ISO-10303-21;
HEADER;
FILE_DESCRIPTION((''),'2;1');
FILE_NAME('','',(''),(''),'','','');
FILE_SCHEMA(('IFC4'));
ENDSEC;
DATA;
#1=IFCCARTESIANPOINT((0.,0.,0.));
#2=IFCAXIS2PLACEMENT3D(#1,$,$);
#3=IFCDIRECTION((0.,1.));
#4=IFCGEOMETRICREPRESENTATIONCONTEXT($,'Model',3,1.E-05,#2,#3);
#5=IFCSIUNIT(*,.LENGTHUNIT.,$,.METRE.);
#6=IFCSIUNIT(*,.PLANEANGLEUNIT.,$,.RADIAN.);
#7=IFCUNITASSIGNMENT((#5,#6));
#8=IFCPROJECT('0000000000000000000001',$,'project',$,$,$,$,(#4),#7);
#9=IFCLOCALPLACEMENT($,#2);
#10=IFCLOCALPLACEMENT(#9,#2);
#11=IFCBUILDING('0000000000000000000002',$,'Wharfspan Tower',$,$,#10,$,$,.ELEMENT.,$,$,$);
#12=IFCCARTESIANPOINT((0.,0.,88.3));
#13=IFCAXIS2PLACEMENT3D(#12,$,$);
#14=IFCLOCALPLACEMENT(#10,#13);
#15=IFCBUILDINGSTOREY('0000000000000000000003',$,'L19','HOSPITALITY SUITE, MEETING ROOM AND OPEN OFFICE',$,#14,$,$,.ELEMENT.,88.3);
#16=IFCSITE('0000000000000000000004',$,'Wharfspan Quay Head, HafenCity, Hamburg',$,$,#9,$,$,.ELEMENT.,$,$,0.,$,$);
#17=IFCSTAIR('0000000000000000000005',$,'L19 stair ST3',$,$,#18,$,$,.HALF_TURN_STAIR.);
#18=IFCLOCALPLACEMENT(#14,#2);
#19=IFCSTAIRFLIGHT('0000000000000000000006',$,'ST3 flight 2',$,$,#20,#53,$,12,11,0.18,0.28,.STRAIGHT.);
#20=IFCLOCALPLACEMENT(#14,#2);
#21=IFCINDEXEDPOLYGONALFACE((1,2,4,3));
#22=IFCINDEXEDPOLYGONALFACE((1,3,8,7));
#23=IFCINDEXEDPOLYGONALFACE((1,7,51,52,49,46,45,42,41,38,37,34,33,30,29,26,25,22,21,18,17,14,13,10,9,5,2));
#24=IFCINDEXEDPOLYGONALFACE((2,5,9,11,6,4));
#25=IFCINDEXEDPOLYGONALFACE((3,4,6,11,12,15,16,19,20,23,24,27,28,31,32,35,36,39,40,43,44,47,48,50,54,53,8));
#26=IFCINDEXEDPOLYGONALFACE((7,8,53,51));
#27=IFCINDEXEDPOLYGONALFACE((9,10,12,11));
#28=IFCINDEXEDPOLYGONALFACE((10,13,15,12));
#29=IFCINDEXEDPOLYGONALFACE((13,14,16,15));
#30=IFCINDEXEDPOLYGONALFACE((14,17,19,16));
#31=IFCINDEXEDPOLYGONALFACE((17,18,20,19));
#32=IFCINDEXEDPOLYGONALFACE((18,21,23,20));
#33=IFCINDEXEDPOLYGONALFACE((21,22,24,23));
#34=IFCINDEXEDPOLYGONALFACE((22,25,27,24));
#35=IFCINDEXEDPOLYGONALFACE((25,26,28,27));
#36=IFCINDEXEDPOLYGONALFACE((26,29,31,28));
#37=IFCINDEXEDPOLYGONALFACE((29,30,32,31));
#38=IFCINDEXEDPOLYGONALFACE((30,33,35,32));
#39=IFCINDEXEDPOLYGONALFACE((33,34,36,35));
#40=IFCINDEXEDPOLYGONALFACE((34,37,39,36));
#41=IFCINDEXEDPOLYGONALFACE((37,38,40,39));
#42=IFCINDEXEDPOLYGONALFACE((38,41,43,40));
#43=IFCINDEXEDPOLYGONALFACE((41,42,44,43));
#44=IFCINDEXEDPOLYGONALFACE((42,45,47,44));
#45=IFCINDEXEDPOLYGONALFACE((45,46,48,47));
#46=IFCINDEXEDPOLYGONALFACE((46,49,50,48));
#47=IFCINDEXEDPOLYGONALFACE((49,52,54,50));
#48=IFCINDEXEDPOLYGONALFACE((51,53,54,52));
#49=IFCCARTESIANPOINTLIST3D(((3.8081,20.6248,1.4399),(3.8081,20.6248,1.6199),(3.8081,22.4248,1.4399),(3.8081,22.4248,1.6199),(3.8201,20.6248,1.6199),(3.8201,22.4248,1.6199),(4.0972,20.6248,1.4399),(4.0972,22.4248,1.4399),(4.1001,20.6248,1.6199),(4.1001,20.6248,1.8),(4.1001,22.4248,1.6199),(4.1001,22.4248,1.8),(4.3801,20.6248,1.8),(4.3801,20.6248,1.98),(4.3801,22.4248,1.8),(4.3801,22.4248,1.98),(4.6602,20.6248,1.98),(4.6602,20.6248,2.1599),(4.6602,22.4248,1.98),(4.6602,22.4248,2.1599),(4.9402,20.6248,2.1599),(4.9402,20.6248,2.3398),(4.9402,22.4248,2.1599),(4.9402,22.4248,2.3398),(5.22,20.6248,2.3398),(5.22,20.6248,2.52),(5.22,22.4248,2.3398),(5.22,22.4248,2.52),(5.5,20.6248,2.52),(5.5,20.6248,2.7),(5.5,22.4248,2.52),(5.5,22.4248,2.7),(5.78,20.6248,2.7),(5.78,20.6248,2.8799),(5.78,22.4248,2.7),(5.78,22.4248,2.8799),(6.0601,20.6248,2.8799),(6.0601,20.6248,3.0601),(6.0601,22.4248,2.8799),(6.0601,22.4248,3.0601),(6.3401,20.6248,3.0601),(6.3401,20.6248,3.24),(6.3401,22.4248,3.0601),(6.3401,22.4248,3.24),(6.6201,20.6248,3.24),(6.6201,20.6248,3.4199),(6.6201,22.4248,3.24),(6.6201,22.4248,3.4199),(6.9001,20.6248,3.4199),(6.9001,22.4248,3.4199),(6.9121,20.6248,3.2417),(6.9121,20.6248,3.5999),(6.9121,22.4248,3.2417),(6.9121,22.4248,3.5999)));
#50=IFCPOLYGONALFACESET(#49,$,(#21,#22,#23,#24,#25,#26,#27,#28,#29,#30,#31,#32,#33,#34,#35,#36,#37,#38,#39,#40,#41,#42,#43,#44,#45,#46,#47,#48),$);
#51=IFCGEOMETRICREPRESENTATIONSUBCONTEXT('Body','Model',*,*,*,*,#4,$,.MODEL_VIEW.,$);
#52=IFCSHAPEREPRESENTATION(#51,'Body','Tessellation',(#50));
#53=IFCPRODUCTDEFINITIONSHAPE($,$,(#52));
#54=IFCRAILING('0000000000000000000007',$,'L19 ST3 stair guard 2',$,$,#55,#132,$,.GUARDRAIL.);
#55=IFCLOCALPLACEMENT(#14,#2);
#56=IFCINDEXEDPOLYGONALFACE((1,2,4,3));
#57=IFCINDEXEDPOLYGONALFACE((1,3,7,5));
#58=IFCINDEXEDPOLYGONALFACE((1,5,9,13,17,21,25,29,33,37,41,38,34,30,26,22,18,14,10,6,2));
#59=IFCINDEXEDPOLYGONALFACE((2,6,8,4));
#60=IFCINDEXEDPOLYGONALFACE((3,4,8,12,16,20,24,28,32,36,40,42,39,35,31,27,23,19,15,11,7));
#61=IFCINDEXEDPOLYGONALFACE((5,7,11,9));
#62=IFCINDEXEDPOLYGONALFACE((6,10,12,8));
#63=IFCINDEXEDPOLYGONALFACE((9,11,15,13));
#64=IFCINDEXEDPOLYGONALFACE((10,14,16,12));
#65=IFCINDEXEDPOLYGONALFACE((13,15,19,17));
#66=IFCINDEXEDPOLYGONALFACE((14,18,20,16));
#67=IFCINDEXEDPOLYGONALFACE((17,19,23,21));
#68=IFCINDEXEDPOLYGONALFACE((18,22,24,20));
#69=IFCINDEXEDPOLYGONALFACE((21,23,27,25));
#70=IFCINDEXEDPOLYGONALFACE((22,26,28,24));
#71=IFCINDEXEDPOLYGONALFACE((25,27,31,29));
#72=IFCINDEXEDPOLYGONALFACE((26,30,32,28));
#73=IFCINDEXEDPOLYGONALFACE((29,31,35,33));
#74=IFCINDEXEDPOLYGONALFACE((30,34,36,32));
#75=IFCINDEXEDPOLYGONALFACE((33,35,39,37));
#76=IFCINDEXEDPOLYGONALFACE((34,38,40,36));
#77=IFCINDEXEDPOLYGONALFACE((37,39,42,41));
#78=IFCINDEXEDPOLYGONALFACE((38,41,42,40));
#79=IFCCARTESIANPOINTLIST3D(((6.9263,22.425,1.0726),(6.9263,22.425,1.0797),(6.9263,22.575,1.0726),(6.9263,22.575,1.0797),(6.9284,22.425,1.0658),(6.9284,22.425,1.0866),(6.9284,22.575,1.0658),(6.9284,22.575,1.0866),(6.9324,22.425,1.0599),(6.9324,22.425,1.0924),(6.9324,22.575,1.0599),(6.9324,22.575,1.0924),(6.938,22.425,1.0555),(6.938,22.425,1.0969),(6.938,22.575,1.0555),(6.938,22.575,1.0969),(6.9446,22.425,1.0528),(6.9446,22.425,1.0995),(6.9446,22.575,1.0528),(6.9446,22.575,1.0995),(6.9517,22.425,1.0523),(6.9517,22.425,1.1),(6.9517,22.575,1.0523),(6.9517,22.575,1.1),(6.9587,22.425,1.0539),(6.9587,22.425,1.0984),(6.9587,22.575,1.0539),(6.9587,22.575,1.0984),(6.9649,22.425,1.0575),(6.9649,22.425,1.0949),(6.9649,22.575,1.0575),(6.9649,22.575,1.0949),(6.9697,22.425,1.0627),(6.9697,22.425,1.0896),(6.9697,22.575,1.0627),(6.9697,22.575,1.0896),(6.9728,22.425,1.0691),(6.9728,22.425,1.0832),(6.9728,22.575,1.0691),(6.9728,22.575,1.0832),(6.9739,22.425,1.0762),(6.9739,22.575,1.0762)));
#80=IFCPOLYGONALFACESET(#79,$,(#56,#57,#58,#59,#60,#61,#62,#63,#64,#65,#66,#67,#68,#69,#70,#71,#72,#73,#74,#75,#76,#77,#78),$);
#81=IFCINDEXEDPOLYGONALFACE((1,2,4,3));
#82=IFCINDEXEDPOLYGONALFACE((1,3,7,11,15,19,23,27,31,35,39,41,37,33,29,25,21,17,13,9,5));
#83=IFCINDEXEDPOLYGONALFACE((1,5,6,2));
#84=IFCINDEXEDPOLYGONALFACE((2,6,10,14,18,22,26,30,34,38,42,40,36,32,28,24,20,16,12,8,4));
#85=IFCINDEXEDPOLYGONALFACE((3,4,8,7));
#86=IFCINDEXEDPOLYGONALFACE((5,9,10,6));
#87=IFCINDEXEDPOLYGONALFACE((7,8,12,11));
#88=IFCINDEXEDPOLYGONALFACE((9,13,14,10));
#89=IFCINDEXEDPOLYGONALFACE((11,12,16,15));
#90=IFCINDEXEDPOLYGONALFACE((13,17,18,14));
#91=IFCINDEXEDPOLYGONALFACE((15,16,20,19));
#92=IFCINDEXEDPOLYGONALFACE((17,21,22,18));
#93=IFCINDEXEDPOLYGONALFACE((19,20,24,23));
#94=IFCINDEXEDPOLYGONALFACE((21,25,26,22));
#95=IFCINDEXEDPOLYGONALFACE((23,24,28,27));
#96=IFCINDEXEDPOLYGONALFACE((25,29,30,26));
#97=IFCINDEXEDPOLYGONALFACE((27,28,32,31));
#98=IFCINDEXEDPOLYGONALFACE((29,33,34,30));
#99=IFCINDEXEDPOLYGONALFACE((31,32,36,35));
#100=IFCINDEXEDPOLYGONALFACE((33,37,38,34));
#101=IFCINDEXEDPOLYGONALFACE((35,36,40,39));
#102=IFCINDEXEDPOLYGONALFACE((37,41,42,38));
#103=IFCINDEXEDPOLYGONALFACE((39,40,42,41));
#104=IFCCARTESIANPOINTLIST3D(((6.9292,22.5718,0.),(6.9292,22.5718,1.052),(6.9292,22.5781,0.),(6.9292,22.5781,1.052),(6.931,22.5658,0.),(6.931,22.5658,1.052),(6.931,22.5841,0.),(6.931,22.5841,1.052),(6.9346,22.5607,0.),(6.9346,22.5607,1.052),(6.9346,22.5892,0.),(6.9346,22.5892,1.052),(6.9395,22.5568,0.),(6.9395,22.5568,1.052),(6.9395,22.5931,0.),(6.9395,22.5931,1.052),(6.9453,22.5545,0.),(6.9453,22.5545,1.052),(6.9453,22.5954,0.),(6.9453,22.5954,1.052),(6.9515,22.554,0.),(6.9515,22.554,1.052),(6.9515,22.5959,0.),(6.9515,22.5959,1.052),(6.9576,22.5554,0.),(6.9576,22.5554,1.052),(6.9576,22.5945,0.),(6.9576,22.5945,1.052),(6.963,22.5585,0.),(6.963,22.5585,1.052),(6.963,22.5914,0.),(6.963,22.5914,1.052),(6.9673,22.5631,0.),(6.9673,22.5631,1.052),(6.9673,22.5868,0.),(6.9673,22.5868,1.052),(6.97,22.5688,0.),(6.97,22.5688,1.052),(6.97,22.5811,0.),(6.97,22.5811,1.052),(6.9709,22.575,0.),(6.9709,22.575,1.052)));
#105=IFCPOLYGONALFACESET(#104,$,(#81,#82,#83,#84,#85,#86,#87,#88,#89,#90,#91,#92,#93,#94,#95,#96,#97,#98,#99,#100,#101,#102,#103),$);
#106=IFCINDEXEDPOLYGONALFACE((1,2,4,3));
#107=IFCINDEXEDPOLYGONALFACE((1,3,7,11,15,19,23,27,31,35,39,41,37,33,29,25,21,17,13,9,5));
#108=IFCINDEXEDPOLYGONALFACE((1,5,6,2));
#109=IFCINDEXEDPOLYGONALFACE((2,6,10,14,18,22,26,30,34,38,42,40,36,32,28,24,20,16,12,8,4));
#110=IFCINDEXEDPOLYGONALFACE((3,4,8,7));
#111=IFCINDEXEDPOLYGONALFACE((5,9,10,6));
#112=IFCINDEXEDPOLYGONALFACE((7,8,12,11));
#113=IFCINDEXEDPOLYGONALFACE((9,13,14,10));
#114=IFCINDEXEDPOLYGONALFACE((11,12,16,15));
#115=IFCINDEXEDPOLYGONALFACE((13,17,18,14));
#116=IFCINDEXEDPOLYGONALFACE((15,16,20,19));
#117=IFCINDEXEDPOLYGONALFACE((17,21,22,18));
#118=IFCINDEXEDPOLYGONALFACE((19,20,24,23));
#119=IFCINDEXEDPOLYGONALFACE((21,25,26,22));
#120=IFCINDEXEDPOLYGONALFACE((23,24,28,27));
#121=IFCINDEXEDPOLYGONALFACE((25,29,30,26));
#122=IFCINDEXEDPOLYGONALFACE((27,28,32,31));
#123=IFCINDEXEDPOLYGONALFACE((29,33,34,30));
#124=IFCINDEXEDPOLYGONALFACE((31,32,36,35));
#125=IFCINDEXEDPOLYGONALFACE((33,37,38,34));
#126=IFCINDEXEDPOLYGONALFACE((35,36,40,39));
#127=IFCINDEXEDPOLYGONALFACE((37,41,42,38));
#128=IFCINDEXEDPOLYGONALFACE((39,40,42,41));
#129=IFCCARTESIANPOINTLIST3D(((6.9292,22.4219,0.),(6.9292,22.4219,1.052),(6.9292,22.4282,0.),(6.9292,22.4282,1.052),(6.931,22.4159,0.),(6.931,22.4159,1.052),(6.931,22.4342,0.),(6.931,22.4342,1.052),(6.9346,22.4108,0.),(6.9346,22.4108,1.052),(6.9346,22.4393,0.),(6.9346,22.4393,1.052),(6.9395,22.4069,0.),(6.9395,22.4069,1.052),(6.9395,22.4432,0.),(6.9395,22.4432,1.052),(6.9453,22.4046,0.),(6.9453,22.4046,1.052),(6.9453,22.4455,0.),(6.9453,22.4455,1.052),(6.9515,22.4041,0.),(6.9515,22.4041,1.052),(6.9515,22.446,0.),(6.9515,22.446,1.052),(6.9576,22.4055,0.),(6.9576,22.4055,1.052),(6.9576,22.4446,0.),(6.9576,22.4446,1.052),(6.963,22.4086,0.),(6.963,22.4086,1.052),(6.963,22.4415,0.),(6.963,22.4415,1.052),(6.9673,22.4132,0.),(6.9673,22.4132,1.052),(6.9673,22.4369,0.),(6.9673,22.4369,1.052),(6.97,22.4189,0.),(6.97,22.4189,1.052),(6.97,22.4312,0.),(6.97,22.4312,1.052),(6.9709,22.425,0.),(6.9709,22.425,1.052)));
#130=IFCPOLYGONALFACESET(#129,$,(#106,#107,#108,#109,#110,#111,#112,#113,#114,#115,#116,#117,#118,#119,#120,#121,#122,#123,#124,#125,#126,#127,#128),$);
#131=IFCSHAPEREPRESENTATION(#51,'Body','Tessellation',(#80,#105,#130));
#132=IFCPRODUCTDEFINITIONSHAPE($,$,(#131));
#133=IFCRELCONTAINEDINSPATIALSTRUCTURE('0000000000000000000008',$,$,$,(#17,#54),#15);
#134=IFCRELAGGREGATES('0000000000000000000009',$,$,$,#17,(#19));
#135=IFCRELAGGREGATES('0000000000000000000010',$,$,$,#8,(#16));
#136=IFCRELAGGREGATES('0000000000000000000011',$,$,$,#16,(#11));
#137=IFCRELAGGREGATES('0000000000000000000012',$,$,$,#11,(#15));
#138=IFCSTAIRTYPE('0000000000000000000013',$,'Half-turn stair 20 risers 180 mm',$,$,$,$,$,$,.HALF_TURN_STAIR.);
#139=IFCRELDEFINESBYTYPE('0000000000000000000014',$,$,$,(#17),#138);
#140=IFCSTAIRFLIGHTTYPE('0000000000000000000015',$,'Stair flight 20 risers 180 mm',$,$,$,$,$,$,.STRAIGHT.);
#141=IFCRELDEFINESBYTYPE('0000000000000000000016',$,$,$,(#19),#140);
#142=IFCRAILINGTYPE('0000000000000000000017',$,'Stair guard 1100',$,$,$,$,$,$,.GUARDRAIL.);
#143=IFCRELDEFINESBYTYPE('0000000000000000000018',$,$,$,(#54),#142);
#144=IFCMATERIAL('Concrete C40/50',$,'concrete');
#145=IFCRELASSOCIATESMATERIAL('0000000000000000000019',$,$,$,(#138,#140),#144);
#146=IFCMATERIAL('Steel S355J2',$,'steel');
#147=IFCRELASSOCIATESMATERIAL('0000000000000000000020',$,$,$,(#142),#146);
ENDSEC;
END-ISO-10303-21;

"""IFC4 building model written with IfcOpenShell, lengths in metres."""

from ifc_helpers import new_model, si_unit, direction, frame, origin, origin_2d, place, context, subcontext, project, spatial, polyline, circle, outline, extrude, material, type_object, element, aggregate, save


model = new_model("IFC4")

# Units and contexts
model_context = context("Model", 3, precision=1e-05, world=origin(), true_north=direction((0.0, 1.0)))
body_context = subcontext(model_context, "Body", "Model", "MODEL_VIEW")
ifc_project = project(units=[si_unit("LENGTHUNIT", "METRE"), si_unit("PLANEANGLEUNIT", "RADIAN")], contexts=[model_context])

# Site, building, storey
site_placement = place(None, origin())
site = spatial("IfcSite", under=ifc_project, at=site_placement, Name="Wharfspan Quay Head, HafenCity, Hamburg", CompositionType="ELEMENT", RefElevation=0.0)
building_placement = place(site_placement, origin())
building = spatial("IfcBuilding", under=site, at=building_placement, Name="Wharfspan Tower", CompositionType="ELEMENT")
storey_placement = place(building_placement, frame((0.0, 0.0, 88.3)))
storey = spatial("IfcBuildingStorey", under=building, at=storey_placement, Name="L19", Description="HOSPITALITY SUITE, MEETING ROOM AND OPEN OFFICE", CompositionType="ELEMENT", Elevation=88.3)

# Shared definitions
ifc_material_1 = material(Name="Steel S355J2", Category="steel")

# Shared definitions
ifc_material_2 = material(Name="Concrete C40/50", Category="concrete")

# Stair, stair flight
stair_type = type_object("IfcStairType", Name="Half-turn stair 20 risers 180 mm", PredefinedType="HALF_TURN_STAIR", material=ifc_material_2)
stair_placement = place(storey_placement, origin())
stair = element("IfcStair", 1, at=stair_placement, inside=storey, type_object=stair_type, Name="L19 stair ST3", PredefinedType="HALF_TURN_STAIR")
stair_flight_type = type_object("IfcStairFlightType", Name="Stair flight 20 risers 180 mm", PredefinedType="STRAIGHT", material=ifc_material_2)
stair_flight_1_placement = place(storey_placement, frame((3.8201, 21.5249, 1.4399), z_axis=(0.0, 0.0, 1.0), x_axis=(1.0, 0.0, 0.0)))
stair_flight_1 = element("IfcStairFlight", 2, at=stair_flight_1_placement, type_object=stair_flight_type, Name="ST3 flight 2", NumberOfRisers=12, NumberOfTreads=11, PredefinedType="STRAIGHT", RiserHeight=0.18, TreadLength=0.28, context=body_context, shape_type="SweptSolid", body=[
    extrude(outline(polyline([(-0.012, 0.0), (-0.012, 0.1799), (0.0, 0.1799), (0.28, 0.1799), (0.28, 0.3601), (0.5601, 0.3601), (0.5601, 0.54), (0.8401, 0.54), (0.8401, 0.72), (1.1201, 0.72), (1.1201, 0.8999), (1.3999, 0.8999), (1.3999, 1.0801), (1.6799, 1.0801), (1.6799, 1.26), (1.96, 1.26), (1.96, 1.4399), (2.24, 1.4399), (2.24, 1.6201), (2.52, 1.6201), (2.52, 1.8), (2.8, 1.8), (2.8, 1.98), (3.0801, 1.98), (3.092, 2.1599), (3.092, 1.8018), (0.2771, 0.0), (-0.012, 0.0)])), frame((0.0, 0.8999, 0.0), z_axis=(0.0, -1.0, 0.0), x_axis=(1.0, 0.0, 0.0)), (0.0, 0.0, 1.0), 1.8),
])
aggregate(stair, [stair_flight_1])

# Railing
railing_type_1 = type_object("IfcRailingType", Name="Stair guard 1100", PredefinedType="GUARDRAIL", material=ifc_material_1)
railing_1_placement = place(storey_placement, frame((6.95, 22.575, 0.0)))
element("IfcRailing", 3, at=railing_1_placement, inside=storey, type_object=railing_type_1, Name="L19 ST3 stair guard 2", PredefinedType="GUARDRAIL", context=body_context, shape_type="SweptSolid", body=[
    extrude(circle(Radius=0.0239, at=origin_2d()), frame((0.0, 0.0, 1.0762), z_axis=(0.0, -1.0, 0.0), x_axis=(1.0, 0.0, 0.0)), (0.0, 0.0, 1.0), 0.1499),
    extrude(circle(Radius=0.021, at=origin_2d()), origin(), (0.0, 0.0, 1.0), 1.052),
    extrude(circle(Radius=0.021, at=origin_2d()), frame((0.0, -0.1499, 0.0)), (0.0, 0.0, 1.0), 1.052),
])

save(model, "model.ifc")
